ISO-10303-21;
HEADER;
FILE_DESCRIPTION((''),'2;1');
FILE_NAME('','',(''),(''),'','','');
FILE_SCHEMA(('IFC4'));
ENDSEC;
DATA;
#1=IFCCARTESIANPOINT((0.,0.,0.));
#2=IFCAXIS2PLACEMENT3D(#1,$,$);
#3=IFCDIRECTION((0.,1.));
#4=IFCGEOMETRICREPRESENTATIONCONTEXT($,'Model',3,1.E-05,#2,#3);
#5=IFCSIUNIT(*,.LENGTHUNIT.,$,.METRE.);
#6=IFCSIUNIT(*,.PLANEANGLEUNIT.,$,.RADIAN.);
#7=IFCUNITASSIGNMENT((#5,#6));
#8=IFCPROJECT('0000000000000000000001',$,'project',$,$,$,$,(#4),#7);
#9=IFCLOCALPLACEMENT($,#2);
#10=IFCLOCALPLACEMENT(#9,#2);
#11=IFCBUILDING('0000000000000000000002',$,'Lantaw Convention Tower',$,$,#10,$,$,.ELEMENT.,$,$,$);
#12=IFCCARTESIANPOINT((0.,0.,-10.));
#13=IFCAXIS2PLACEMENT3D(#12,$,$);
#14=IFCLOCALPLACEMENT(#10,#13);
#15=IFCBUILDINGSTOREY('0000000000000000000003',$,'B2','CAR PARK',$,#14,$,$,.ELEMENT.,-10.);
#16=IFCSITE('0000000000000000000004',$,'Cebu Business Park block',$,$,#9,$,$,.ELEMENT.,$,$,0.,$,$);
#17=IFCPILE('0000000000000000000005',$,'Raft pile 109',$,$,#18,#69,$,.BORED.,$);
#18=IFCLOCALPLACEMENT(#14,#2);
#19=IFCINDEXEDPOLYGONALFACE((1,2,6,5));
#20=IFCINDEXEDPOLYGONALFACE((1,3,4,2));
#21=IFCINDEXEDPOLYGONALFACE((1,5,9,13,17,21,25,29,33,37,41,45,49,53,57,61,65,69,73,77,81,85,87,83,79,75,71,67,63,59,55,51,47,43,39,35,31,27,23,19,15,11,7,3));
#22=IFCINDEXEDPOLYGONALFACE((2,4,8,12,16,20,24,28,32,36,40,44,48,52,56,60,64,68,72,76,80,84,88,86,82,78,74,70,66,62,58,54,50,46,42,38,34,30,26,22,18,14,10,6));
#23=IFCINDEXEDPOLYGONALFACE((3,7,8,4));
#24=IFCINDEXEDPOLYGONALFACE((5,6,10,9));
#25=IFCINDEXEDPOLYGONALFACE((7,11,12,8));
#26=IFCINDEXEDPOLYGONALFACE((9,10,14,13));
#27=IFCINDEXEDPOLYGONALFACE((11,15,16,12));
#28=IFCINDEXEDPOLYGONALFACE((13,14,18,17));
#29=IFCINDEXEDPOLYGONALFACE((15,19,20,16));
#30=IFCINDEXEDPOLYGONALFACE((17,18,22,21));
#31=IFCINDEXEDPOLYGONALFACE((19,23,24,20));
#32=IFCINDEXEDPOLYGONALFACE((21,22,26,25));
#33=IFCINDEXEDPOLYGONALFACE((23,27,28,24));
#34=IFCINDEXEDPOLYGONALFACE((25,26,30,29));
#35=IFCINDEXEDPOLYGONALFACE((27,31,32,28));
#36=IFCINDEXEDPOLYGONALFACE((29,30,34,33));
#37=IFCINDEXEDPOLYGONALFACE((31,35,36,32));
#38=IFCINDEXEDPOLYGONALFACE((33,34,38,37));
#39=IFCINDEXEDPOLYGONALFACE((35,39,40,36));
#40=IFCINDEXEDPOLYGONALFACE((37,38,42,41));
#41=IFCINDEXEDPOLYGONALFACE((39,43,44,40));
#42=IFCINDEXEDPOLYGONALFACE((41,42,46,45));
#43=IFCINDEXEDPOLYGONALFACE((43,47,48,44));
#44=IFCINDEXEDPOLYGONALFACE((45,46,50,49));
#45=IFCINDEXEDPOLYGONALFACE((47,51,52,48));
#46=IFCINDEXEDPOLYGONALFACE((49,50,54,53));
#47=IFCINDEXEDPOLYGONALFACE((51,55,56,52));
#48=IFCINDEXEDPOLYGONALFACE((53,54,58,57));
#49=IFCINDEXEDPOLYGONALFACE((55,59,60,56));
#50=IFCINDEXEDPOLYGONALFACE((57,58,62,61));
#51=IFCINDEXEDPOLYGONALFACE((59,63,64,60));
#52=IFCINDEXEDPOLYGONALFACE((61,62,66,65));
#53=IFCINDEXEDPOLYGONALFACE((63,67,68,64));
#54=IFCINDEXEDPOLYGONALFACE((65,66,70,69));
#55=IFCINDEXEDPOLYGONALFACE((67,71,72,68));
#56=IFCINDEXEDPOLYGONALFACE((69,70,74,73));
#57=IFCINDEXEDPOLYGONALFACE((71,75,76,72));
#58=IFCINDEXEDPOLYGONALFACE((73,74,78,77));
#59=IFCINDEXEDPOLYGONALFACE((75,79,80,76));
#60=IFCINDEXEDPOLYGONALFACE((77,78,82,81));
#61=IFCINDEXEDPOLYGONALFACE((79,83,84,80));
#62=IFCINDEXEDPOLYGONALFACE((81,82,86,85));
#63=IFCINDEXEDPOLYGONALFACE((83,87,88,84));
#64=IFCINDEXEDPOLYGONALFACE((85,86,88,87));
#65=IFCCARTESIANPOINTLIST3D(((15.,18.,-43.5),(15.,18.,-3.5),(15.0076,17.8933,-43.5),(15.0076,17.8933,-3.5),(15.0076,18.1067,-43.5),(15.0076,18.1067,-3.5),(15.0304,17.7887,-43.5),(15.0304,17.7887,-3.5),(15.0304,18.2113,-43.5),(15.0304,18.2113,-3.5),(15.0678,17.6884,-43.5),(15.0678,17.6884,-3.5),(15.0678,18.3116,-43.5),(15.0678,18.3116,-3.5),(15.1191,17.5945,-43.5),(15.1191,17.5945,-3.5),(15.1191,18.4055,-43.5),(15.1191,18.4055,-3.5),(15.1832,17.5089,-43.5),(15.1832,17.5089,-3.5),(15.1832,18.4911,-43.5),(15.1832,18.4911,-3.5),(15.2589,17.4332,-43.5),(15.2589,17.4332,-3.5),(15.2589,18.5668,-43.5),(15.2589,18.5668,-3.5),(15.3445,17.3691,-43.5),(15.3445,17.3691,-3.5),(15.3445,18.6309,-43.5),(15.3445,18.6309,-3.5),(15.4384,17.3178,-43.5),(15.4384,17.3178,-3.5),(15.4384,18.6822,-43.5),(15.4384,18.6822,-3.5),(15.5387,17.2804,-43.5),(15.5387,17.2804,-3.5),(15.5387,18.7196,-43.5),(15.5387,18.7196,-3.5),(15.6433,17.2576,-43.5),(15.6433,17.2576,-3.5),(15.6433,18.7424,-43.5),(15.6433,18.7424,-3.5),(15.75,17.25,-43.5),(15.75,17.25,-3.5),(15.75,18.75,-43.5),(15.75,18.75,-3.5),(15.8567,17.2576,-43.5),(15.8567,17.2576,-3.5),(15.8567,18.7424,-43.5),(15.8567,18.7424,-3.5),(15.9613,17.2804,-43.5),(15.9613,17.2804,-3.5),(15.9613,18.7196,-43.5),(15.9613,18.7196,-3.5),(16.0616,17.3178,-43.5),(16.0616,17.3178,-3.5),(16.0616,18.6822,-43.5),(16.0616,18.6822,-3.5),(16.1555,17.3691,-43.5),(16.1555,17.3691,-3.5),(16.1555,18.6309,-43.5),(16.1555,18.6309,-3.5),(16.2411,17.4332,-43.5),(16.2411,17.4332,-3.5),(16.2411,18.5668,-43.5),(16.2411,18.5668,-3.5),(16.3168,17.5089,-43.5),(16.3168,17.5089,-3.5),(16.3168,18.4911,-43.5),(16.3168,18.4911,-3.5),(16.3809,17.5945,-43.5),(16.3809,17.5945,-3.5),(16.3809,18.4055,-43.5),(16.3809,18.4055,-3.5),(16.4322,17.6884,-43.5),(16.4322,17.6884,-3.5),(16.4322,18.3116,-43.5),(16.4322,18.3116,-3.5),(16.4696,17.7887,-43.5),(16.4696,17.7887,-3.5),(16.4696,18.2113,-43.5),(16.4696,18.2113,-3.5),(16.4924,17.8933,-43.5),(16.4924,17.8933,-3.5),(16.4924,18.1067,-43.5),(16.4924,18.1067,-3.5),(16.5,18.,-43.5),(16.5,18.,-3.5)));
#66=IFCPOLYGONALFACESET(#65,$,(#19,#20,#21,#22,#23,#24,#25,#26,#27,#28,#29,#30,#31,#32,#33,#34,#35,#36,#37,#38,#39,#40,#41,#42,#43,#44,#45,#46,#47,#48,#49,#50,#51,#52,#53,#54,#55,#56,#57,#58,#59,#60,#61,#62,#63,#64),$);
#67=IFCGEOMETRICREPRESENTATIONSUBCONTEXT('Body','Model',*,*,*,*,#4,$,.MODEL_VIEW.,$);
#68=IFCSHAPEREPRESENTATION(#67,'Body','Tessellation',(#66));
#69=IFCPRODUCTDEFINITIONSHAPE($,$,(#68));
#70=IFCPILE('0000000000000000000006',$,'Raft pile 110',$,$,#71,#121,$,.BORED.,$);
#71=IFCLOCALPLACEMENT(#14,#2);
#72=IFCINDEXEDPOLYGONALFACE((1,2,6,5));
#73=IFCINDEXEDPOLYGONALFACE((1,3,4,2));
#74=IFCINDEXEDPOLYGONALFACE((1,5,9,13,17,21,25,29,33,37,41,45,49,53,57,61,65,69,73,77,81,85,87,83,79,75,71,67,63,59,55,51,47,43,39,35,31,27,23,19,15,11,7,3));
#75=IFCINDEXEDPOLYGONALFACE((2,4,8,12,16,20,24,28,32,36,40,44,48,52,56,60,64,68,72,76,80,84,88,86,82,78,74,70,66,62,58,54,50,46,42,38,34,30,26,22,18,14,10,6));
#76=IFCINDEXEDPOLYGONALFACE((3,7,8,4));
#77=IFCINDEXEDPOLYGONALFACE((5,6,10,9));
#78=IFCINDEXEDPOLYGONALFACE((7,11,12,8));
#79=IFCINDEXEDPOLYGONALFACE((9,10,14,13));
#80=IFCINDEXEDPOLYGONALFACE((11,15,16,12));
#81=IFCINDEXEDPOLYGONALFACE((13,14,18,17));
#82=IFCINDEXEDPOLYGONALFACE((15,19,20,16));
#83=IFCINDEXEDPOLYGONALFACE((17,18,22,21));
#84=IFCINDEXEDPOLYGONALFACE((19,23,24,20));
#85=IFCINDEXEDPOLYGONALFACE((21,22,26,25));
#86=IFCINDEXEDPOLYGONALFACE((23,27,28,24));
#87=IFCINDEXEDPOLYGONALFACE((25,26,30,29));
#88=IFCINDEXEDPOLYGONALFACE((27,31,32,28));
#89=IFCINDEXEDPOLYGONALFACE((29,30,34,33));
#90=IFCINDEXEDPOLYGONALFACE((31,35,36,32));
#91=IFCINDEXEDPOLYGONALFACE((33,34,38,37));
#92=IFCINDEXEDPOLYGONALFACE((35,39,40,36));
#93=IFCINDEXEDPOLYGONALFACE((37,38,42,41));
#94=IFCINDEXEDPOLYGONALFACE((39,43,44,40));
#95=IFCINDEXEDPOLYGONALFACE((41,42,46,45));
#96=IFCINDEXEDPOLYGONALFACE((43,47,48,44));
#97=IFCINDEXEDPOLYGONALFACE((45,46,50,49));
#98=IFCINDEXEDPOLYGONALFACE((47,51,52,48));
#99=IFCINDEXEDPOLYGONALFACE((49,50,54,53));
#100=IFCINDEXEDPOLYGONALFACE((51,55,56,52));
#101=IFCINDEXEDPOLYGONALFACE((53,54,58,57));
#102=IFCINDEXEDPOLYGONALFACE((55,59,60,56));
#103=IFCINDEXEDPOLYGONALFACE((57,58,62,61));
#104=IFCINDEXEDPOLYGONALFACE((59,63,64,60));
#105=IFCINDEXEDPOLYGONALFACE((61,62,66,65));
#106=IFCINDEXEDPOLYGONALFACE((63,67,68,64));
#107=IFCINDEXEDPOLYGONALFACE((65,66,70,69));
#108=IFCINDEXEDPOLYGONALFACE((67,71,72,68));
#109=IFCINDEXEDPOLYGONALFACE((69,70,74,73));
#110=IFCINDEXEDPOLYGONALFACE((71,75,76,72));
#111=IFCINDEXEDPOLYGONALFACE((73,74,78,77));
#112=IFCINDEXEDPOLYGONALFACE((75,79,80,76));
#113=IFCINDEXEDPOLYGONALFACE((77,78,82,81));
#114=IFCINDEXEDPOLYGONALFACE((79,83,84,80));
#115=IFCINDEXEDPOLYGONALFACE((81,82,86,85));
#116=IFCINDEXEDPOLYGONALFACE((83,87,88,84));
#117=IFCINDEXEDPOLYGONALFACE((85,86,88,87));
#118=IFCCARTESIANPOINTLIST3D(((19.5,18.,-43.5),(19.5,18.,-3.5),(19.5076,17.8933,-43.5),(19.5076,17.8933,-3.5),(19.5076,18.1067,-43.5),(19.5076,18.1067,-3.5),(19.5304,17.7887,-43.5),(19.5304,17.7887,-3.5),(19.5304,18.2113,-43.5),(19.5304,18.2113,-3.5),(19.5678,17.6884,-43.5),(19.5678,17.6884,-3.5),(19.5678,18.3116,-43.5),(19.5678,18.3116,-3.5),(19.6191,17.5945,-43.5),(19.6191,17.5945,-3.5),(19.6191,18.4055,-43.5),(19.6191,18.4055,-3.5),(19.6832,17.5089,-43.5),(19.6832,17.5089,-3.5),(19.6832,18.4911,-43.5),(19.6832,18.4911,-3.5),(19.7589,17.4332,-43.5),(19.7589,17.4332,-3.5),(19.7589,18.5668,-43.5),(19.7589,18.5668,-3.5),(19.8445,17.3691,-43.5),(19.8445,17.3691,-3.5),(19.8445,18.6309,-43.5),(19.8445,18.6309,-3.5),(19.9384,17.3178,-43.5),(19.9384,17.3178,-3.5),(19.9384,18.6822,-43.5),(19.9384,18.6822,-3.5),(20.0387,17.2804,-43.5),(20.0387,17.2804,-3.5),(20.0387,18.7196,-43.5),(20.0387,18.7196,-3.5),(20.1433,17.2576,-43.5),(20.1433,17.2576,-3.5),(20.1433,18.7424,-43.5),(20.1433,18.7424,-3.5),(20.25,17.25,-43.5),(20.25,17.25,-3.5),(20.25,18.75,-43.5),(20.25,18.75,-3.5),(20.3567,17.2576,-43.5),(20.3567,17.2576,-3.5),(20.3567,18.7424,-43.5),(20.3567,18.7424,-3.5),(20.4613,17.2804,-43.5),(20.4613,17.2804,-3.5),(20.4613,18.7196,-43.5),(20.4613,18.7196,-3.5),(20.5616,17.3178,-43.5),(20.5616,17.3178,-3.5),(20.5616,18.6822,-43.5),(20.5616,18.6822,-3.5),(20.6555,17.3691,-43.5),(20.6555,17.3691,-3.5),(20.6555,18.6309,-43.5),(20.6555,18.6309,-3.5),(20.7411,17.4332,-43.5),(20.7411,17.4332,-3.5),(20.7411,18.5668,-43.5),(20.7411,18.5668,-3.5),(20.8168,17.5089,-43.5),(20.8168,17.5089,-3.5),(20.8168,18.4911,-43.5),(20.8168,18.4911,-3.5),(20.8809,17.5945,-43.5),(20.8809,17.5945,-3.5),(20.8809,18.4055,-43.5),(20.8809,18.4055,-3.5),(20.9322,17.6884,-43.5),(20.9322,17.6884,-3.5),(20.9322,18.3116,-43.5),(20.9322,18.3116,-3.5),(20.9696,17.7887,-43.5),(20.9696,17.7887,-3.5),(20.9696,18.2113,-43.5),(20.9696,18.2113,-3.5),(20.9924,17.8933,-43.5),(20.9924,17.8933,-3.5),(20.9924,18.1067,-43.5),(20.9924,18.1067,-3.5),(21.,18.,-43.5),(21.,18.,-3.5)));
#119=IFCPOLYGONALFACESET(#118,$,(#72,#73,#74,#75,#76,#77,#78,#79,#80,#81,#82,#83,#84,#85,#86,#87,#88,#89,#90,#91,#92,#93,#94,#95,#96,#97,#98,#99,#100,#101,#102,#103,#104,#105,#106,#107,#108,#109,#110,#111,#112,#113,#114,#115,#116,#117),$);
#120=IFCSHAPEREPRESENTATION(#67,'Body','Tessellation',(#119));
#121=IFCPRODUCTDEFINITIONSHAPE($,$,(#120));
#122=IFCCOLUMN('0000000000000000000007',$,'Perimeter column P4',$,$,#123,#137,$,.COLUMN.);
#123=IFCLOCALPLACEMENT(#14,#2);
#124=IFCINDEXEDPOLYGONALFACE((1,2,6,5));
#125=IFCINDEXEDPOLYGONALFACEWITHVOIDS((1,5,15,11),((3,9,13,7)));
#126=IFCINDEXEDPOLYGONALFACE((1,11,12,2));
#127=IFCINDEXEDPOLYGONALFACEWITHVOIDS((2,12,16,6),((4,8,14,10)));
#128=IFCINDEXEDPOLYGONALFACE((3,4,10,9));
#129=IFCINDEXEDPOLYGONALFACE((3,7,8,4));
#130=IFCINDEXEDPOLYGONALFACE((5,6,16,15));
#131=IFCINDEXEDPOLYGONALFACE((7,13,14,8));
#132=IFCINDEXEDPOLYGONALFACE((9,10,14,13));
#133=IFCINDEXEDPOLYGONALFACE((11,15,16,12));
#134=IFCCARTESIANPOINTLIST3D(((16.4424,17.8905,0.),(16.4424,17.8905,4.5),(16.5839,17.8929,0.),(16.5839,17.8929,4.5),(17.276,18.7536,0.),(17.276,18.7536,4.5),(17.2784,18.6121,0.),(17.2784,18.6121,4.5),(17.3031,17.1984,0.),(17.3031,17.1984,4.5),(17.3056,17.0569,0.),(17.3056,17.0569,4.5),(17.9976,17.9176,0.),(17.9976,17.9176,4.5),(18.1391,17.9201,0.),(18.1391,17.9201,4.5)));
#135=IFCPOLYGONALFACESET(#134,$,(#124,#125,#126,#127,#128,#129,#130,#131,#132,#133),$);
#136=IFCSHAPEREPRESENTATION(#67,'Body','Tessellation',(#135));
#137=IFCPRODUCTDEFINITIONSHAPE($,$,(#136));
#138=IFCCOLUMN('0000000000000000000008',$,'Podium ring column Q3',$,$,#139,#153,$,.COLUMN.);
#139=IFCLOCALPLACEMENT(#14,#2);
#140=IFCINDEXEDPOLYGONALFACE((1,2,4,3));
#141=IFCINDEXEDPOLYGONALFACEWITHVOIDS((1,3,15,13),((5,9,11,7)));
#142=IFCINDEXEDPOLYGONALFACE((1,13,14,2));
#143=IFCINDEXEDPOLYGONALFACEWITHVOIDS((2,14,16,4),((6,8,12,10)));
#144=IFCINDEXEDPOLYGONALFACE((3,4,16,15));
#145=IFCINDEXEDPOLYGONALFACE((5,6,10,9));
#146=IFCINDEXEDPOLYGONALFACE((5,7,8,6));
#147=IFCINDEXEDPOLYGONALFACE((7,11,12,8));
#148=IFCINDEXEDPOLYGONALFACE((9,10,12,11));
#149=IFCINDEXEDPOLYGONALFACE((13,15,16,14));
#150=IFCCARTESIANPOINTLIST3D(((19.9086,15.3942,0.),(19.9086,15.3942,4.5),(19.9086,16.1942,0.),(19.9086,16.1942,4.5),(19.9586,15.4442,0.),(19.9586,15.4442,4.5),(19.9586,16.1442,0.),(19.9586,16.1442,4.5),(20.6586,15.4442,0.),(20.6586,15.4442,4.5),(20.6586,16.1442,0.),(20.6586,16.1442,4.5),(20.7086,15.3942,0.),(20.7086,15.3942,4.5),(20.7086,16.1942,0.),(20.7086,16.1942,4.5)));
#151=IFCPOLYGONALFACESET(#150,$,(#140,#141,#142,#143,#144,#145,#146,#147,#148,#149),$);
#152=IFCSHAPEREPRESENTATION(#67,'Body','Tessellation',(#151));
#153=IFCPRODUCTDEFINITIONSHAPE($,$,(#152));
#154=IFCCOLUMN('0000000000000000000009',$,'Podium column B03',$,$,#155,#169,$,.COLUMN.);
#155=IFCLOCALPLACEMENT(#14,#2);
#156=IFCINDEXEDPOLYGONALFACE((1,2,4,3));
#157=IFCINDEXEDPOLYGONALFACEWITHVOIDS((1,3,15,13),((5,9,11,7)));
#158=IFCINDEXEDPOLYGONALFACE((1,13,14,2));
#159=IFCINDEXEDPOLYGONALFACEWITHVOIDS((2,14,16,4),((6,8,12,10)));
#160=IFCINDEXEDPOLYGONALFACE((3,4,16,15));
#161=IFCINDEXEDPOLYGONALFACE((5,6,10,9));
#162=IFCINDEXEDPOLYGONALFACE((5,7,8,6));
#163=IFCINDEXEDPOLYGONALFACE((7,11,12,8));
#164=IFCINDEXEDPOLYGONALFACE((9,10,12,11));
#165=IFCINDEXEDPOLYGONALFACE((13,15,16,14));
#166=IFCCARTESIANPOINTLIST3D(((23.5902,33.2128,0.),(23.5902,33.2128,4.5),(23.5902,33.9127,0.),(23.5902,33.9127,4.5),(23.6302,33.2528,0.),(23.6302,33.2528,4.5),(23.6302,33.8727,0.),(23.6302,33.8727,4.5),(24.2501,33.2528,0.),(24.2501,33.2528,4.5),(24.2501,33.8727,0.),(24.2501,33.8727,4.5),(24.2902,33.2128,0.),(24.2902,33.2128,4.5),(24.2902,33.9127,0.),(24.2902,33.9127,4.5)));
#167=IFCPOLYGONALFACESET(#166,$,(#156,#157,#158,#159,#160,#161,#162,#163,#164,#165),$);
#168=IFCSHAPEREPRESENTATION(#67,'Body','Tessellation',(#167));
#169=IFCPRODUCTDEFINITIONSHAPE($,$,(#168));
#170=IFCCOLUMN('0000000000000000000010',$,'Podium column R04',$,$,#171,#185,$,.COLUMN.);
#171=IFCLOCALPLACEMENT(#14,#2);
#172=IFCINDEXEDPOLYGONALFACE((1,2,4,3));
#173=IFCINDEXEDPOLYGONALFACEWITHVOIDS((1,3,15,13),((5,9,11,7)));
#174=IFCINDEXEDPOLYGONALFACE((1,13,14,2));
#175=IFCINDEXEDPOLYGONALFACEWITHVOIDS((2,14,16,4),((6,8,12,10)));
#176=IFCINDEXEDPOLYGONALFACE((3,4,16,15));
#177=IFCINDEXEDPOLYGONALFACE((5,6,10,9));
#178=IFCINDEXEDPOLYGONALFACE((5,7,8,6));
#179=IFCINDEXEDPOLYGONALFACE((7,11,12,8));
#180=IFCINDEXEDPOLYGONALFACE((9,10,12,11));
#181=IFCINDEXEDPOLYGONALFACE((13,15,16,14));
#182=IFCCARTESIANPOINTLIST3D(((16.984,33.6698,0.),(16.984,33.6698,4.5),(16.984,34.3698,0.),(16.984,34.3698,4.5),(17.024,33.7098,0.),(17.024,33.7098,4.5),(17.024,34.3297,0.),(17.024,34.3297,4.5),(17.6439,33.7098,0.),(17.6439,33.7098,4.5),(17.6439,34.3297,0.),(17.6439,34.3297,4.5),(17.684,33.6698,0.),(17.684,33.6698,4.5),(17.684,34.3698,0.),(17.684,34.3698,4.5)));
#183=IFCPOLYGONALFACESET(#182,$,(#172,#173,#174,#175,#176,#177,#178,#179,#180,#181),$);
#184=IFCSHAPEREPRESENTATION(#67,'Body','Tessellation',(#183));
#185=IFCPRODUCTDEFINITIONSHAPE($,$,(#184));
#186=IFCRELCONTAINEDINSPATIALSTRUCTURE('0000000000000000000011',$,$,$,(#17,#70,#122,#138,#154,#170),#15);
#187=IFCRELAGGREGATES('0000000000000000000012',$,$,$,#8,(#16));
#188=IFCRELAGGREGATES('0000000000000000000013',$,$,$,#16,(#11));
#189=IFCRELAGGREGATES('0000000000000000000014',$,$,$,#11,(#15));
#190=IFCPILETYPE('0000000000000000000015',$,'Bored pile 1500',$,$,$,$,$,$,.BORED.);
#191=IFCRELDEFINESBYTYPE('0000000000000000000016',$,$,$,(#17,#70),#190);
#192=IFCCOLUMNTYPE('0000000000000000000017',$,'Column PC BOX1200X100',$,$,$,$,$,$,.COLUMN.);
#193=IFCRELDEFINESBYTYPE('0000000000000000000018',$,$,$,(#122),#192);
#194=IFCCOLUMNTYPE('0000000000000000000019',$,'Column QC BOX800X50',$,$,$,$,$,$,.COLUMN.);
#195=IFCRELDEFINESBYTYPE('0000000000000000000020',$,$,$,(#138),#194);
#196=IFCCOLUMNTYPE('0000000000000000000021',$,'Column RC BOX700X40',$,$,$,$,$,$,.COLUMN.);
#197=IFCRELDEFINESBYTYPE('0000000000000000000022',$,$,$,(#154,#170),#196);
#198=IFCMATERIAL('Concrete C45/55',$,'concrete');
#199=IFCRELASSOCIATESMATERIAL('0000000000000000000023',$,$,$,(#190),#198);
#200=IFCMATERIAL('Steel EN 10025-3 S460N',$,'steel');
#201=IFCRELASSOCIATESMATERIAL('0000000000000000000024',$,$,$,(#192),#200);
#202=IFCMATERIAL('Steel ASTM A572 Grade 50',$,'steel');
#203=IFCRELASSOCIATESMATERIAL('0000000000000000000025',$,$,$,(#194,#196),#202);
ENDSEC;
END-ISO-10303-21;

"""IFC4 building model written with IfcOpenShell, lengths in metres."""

from ifc_helpers import new_model, si_unit, direction, frame, origin, origin_2d, place, context, subcontext, project, spatial, rectangle, hollow_rectangle, circle, extrude, material, material_profile, profile_set, type_object, element, save


model = new_model("IFC4")

# Units and contexts
model_context = context("Model", 3, precision=1e-05, world=origin(), true_north=direction((0.0, 1.0)))
body_context = subcontext(model_context, "Body", "Model", "MODEL_VIEW")
ifc_project = project(units=[si_unit("LENGTHUNIT", "METRE"), si_unit("PLANEANGLEUNIT", "RADIAN")], contexts=[model_context])

# Site, building, storey
site_placement = place(None, origin())
site = spatial("IfcSite", under=ifc_project, at=site_placement, Name="Cebu Business Park block", CompositionType="ELEMENT", RefElevation=0.0)
building_placement = place(site_placement, origin())
building = spatial("IfcBuilding", under=site, at=building_placement, Name="Lantaw Convention Tower", CompositionType="ELEMENT")
storey_placement = place(building_placement, frame((0.0, 0.0, -10.0)))
storey = spatial("IfcBuildingStorey", under=building, at=storey_placement, Name="B2", Description="CAR PARK", CompositionType="ELEMENT", Elevation=-10.0)

# Piles
ifc_material_1 = material(Name="Concrete C45/55", Category="concrete")
ifc_material_profile_1 = material_profile(ifc_material_1, circle(Radius=0.75, at=origin_2d()), Name="Bored pile 1500")
ifc_profile_set_1 = profile_set([ifc_material_profile_1], Name="Concrete C45/55")
pile_type_1 = type_object("IfcPileType", Name="Bored pile 1500", PredefinedType="BORED", material=ifc_profile_set_1)
for number, where, z_axis, x_axis, name in (
    (1, (15.75, 18.0, -3.5), (0.0, 0.0, -1.0), (1.0, 0.0, 0.0), "Raft pile 109"),
    (2, (20.25, 18.0, -3.5), (0.0, 0.0, -1.0), (1.0, 0.0, 0.0), "Raft pile 110"),
):
    element("IfcPile", number, at=place(storey_placement, frame(where, z_axis=z_axis, x_axis=x_axis)), inside=storey, type_object=pile_type_1, Name=name, PredefinedType="BORED", context=body_context, shape_type="SweptSolid", body=[
        extrude(circle(Radius=0.75, at=origin_2d()), origin(), (0.0, 0.0, 1.0), 40.0),
    ])

# Columns
ifc_material_2 = material(Name="Steel EN 10025-3 S460N", Category="steel")
ifc_material_profile_2 = material_profile(ifc_material_2, hollow_rectangle(XDim=1.2, YDim=1.2, WallThickness=0.1001, at=origin_2d()), Name="BOX1200X100")
ifc_material_3 = material(Name="Concrete C60/75", Category="concrete")
ifc_material_profile_3 = material_profile(ifc_material_3, rectangle(XDim=1.0, YDim=1.0, at=origin_2d()), Name="Concrete fill of BOX1200X100")
ifc_profile_set_2 = profile_set([ifc_material_profile_2, ifc_material_profile_3], Name="Steel EN 10025-3 S460N")
column_type_1 = type_object("IfcColumnType", Name="Column PC BOX1200X100", PredefinedType="COLUMN", material=ifc_profile_set_2)
column_1_placement = place(storey_placement, frame((17.2908, 17.9053, 0.0), z_axis=(0.0, 0.0, 1.0), x_axis=(0.694658, 0.71934, 0.0)))
element("IfcColumn", 3, at=column_1_placement, inside=storey, type_object=column_type_1, Name="Perimeter column P4", PredefinedType="COLUMN", context=body_context, shape_type="SweptSolid", body=[
    extrude(hollow_rectangle(XDim=1.2, YDim=1.2, WallThickness=0.1001, at=origin_2d()), origin(), (0.0, 0.0, 1.0), 4.5),
])
ifc_material_4 = material(Name="Steel ASTM A572 Grade 50", Category="steel")
ifc_material_profile_4 = material_profile(ifc_material_4, hollow_rectangle(XDim=0.8, YDim=0.8, WallThickness=0.05, at=origin_2d()), Name="BOX800X50")
ifc_profile_set_3 = profile_set([ifc_material_profile_4], Name="Steel ASTM A572 Grade 50")
column_type_2 = type_object("IfcColumnType", Name="Column QC BOX800X50", PredefinedType="COLUMN", material=ifc_profile_set_3)
column_2_placement = place(storey_placement, frame((20.3086, 15.7942, 0.0), z_axis=(0.0, 0.0, 1.0), x_axis=(1.0, 0.0, 0.0)))
element("IfcColumn", 4, at=column_2_placement, inside=storey, type_object=column_type_2, Name="Podium ring column Q3", PredefinedType="COLUMN", context=body_context, shape_type="SweptSolid", body=[
    extrude(hollow_rectangle(XDim=0.8, YDim=0.8, WallThickness=0.05, at=origin_2d()), origin(), (0.0, 0.0, 1.0), 4.5),
])
ifc_material_profile_5 = material_profile(ifc_material_4, hollow_rectangle(XDim=0.7, YDim=0.7, WallThickness=0.04, at=origin_2d()), Name="BOX700X40")
ifc_profile_set_4 = profile_set([ifc_material_profile_5], Name="Steel ASTM A572 Grade 50")
column_type_3 = type_object("IfcColumnType", Name="Column RC BOX700X40", PredefinedType="COLUMN", material=ifc_profile_set_4)
for number, where, z_axis, x_axis, name in (
    (5, (23.9402, 33.5627, 0.0), (0.0, 0.0, 1.0), (1.0, 0.0, 0.0), "Podium column B03"),
    (6, (17.334, 34.0198, 0.0), (0.0, 0.0, 1.0), (1.0, 0.0, 0.0), "Podium column R04"),
):
    element("IfcColumn", number, at=place(storey_placement, frame(where, z_axis=z_axis, x_axis=x_axis)), inside=storey, type_object=column_type_3, Name=name, PredefinedType="COLUMN", context=body_context, shape_type="SweptSolid", body=[
        extrude(hollow_rectangle(XDim=0.7, YDim=0.7, WallThickness=0.04, at=origin_2d()), origin(), (0.0, 0.0, 1.0), 4.5),
    ])

save(model, "model.ifc")
